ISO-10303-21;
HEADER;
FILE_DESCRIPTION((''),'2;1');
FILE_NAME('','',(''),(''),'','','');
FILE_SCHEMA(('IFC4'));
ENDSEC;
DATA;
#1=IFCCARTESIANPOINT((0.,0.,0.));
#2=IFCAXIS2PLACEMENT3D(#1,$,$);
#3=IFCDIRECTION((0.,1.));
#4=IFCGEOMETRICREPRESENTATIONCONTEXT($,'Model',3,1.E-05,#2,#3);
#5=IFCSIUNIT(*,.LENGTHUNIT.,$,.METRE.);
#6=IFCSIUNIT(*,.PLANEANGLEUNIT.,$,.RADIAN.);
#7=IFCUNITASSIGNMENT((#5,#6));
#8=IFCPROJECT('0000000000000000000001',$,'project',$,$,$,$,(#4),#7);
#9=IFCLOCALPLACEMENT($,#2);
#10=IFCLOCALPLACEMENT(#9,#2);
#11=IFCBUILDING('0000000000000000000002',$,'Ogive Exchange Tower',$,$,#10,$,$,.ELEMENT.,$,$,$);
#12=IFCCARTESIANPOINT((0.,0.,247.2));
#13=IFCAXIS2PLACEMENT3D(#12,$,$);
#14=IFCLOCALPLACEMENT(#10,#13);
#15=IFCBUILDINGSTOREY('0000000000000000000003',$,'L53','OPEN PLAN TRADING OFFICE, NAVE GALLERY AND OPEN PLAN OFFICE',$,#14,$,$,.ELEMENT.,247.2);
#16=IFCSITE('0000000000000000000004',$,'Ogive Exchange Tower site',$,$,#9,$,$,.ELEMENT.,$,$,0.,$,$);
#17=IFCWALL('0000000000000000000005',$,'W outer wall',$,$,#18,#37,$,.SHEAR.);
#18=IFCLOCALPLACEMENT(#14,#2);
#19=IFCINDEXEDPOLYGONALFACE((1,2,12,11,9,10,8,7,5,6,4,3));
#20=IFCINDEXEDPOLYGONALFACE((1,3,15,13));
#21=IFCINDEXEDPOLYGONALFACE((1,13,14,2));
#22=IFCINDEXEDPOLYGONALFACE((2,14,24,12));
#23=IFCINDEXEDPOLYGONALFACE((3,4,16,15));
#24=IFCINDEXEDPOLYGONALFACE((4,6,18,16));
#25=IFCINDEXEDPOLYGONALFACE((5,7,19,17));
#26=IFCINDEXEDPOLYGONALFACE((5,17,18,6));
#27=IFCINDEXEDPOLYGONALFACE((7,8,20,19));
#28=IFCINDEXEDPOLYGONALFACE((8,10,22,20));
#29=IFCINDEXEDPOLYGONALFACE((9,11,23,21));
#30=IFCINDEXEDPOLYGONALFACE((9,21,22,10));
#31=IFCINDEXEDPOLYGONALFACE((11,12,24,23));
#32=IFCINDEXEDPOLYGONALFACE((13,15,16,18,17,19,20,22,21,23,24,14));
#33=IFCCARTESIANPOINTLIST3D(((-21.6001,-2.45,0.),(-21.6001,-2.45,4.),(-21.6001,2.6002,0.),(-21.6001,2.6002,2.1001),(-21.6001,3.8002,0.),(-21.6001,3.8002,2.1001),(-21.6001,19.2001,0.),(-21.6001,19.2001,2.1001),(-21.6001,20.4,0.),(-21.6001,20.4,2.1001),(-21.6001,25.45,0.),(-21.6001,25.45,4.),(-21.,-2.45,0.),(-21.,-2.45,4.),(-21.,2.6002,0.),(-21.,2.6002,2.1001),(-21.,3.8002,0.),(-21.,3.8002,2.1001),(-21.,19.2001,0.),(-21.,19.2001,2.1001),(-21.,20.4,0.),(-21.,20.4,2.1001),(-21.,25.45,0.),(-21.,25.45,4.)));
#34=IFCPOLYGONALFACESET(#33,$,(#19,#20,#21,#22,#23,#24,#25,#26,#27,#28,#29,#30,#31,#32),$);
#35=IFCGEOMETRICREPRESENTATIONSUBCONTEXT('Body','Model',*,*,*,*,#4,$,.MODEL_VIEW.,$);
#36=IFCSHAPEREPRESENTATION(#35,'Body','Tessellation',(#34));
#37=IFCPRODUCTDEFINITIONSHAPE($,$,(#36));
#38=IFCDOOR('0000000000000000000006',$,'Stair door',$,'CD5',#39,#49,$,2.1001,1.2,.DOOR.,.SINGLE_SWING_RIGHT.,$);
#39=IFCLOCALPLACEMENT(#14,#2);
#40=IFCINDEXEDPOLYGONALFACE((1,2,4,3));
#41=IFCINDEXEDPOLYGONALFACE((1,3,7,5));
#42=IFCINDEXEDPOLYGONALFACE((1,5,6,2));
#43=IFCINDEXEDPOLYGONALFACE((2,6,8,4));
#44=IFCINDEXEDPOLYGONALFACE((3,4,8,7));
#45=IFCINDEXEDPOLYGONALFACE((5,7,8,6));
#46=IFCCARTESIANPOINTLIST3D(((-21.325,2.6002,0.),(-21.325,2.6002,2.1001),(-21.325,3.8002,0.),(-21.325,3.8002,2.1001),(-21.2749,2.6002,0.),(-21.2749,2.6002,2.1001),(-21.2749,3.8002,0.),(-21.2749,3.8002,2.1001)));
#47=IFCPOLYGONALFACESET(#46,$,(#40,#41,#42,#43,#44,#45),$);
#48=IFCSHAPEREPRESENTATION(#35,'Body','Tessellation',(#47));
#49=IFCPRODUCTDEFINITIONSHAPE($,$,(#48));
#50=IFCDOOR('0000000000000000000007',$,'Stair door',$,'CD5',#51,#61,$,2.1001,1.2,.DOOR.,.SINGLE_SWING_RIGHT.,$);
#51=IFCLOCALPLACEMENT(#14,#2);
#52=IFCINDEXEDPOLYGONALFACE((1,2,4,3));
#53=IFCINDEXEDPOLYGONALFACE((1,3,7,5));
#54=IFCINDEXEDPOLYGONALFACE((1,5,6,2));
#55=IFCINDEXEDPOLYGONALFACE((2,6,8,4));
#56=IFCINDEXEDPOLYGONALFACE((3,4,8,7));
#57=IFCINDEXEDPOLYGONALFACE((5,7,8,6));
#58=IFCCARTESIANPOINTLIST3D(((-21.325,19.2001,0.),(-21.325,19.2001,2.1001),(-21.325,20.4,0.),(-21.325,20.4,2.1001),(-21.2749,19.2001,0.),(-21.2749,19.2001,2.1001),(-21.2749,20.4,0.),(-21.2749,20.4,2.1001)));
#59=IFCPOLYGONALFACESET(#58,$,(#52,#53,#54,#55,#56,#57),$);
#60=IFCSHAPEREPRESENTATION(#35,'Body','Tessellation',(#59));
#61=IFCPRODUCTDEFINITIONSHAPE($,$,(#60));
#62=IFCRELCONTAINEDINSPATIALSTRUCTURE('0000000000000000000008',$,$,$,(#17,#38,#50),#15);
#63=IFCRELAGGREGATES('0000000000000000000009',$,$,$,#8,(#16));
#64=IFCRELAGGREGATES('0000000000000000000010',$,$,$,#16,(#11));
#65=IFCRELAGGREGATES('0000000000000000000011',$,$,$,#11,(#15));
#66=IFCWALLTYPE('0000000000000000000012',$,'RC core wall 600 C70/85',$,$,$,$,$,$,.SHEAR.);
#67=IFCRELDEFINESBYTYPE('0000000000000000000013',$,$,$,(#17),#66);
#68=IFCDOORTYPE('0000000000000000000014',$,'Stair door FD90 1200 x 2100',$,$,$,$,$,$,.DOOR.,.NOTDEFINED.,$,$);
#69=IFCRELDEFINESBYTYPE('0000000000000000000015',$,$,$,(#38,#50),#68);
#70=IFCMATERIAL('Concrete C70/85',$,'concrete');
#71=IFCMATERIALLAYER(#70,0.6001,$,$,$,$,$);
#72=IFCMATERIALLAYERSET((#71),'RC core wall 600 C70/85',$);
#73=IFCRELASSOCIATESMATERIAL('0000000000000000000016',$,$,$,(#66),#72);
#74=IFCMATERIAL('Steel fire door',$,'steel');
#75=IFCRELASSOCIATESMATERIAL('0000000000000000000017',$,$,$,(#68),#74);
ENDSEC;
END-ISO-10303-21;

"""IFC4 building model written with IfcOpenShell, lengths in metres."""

from ifc_helpers import new_model, si_unit, direction, frame, frame_2d, origin, place, context, subcontext, project, spatial, rectangle, extrude, material, layer, layer_set, type_object, element, fill, save


model = new_model("IFC4")

# Units and contexts
model_context = context("Model", 3, precision=1e-05, world=origin(), true_north=direction((0.0, 1.0)))
body_context = subcontext(model_context, "Body", "Model", "MODEL_VIEW")
ifc_project = project(units=[si_unit("LENGTHUNIT", "METRE"), si_unit("PLANEANGLEUNIT", "RADIAN")], contexts=[model_context])

# Site, building, storey
site_placement = place(None, origin())
site = spatial("IfcSite", under=ifc_project, at=site_placement, Name="Ogive Exchange Tower site", CompositionType="ELEMENT", RefElevation=0.0)
building_placement = place(site_placement, origin())
building = spatial("IfcBuilding", under=site, at=building_placement, Name="Ogive Exchange Tower", CompositionType="ELEMENT")
storey_placement = place(building_placement, frame((0.0, 0.0, 247.2)))
storey = spatial("IfcBuildingStorey", under=building, at=storey_placement, Name="L53", Description="OPEN PLAN TRADING OFFICE, NAVE GALLERY AND OPEN PLAN OFFICE", CompositionType="ELEMENT", Elevation=247.2)

# Shared definitions
ifc_material_1 = material(Name="Concrete C70/85", Category="concrete")

# Wall, openings, doors
ifc_layer_1 = layer(ifc_material_1, 0.6001)
ifc_layer_set_1 = layer_set([ifc_layer_1], Name="RC core wall 600 C70/85")
wall_type_1 = type_object("IfcWallType", Name="RC core wall 600 C70/85", PredefinedType="SHEAR", material=ifc_layer_set_1)
wall_1_placement = place(storey_placement, frame((-21.3, -2.45, 0.0), z_axis=(0.0, 0.0, 1.0), x_axis=(0.0, 1.0, 0.0)))
wall_1 = element("IfcWall", 1, at=wall_1_placement, inside=storey, type_object=wall_type_1, Name="W outer wall", PredefinedType="SHEAR", context=body_context, shape_type="SweptSolid", body=[
    extrude(rectangle(XDim=27.8999, YDim=0.6001, at=frame_2d((13.95, 0.0))), origin(), (0.0, 0.0, 1.0), 4.0),
])
opening_1_placement = place(wall_1_placement, frame((5.05, 0.0, 0.0)))
opening_1 = element("IfcOpeningElement", 2, at=opening_1_placement, cuts=wall_1, PredefinedType="OPENING", context=body_context, shape_type="SweptSolid", body=[
    extrude(rectangle(XDim=1.2, YDim=2.1001, at=frame_2d((0.6001, 1.05))), frame((0.0, 0.3101, 0.0), z_axis=(0.0, -1.0, 0.0), x_axis=(1.0, 0.0, 0.0)), (0.0, 0.0, 1.0), 0.6201),
])
opening_2_placement = place(wall_1_placement, frame((21.6499, 0.0, 0.0)))
opening_2 = element("IfcOpeningElement", 3, at=opening_2_placement, cuts=wall_1, PredefinedType="OPENING", context=body_context, shape_type="SweptSolid", body=[
    extrude(rectangle(XDim=1.2, YDim=2.1001, at=frame_2d((0.6001, 1.05))), frame((0.0, 0.3101, 0.0), z_axis=(0.0, -1.0, 0.0), x_axis=(1.0, 0.0, 0.0)), (0.0, 0.0, 1.0), 0.6201),
])
ifc_material_2 = material(Name="Steel fire door", Category="steel")
door_type_1 = type_object("IfcDoorType", Name="Stair door FD90 1200 x 2100", OperationType="NOTDEFINED", PredefinedType="DOOR", material=ifc_material_2)
door_1_placement = place(opening_1_placement, origin())
door_1 = element("IfcDoor", 4, at=door_1_placement, inside=storey, type_object=door_type_1, Name="Stair door", ObjectType="CD5", OperationType="SINGLE_SWING_RIGHT", OverallHeight=2.1001, OverallWidth=1.2, PredefinedType="DOOR", context=body_context, shape_type="SweptSolid", body=[
    extrude(rectangle(XDim=1.2, YDim=2.1001, at=frame_2d((0.6001, 1.05))), frame((0.0, 0.0249, 0.0), z_axis=(0.0, -1.0, 0.0), x_axis=(1.0, 0.0, 0.0)), (0.0, 0.0, 1.0), 0.05),
])
fill(opening_1, door_1)
door_2_placement = place(opening_2_placement, origin())
door_2 = element("IfcDoor", 5, at=door_2_placement, inside=storey, type_object=door_type_1, Name="Stair door", ObjectType="CD5", OperationType="SINGLE_SWING_RIGHT", OverallHeight=2.1001, OverallWidth=1.2, PredefinedType="DOOR", context=body_context, shape_type="SweptSolid", body=[
    extrude(rectangle(XDim=1.2, YDim=2.1001, at=frame_2d((0.6001, 1.05))), frame((0.0, 0.0249, 0.0), z_axis=(0.0, -1.0, 0.0), x_axis=(1.0, 0.0, 0.0)), (0.0, 0.0, 1.0), 0.05),
])
fill(opening_2, door_2)

save(model, "model.ifc")
